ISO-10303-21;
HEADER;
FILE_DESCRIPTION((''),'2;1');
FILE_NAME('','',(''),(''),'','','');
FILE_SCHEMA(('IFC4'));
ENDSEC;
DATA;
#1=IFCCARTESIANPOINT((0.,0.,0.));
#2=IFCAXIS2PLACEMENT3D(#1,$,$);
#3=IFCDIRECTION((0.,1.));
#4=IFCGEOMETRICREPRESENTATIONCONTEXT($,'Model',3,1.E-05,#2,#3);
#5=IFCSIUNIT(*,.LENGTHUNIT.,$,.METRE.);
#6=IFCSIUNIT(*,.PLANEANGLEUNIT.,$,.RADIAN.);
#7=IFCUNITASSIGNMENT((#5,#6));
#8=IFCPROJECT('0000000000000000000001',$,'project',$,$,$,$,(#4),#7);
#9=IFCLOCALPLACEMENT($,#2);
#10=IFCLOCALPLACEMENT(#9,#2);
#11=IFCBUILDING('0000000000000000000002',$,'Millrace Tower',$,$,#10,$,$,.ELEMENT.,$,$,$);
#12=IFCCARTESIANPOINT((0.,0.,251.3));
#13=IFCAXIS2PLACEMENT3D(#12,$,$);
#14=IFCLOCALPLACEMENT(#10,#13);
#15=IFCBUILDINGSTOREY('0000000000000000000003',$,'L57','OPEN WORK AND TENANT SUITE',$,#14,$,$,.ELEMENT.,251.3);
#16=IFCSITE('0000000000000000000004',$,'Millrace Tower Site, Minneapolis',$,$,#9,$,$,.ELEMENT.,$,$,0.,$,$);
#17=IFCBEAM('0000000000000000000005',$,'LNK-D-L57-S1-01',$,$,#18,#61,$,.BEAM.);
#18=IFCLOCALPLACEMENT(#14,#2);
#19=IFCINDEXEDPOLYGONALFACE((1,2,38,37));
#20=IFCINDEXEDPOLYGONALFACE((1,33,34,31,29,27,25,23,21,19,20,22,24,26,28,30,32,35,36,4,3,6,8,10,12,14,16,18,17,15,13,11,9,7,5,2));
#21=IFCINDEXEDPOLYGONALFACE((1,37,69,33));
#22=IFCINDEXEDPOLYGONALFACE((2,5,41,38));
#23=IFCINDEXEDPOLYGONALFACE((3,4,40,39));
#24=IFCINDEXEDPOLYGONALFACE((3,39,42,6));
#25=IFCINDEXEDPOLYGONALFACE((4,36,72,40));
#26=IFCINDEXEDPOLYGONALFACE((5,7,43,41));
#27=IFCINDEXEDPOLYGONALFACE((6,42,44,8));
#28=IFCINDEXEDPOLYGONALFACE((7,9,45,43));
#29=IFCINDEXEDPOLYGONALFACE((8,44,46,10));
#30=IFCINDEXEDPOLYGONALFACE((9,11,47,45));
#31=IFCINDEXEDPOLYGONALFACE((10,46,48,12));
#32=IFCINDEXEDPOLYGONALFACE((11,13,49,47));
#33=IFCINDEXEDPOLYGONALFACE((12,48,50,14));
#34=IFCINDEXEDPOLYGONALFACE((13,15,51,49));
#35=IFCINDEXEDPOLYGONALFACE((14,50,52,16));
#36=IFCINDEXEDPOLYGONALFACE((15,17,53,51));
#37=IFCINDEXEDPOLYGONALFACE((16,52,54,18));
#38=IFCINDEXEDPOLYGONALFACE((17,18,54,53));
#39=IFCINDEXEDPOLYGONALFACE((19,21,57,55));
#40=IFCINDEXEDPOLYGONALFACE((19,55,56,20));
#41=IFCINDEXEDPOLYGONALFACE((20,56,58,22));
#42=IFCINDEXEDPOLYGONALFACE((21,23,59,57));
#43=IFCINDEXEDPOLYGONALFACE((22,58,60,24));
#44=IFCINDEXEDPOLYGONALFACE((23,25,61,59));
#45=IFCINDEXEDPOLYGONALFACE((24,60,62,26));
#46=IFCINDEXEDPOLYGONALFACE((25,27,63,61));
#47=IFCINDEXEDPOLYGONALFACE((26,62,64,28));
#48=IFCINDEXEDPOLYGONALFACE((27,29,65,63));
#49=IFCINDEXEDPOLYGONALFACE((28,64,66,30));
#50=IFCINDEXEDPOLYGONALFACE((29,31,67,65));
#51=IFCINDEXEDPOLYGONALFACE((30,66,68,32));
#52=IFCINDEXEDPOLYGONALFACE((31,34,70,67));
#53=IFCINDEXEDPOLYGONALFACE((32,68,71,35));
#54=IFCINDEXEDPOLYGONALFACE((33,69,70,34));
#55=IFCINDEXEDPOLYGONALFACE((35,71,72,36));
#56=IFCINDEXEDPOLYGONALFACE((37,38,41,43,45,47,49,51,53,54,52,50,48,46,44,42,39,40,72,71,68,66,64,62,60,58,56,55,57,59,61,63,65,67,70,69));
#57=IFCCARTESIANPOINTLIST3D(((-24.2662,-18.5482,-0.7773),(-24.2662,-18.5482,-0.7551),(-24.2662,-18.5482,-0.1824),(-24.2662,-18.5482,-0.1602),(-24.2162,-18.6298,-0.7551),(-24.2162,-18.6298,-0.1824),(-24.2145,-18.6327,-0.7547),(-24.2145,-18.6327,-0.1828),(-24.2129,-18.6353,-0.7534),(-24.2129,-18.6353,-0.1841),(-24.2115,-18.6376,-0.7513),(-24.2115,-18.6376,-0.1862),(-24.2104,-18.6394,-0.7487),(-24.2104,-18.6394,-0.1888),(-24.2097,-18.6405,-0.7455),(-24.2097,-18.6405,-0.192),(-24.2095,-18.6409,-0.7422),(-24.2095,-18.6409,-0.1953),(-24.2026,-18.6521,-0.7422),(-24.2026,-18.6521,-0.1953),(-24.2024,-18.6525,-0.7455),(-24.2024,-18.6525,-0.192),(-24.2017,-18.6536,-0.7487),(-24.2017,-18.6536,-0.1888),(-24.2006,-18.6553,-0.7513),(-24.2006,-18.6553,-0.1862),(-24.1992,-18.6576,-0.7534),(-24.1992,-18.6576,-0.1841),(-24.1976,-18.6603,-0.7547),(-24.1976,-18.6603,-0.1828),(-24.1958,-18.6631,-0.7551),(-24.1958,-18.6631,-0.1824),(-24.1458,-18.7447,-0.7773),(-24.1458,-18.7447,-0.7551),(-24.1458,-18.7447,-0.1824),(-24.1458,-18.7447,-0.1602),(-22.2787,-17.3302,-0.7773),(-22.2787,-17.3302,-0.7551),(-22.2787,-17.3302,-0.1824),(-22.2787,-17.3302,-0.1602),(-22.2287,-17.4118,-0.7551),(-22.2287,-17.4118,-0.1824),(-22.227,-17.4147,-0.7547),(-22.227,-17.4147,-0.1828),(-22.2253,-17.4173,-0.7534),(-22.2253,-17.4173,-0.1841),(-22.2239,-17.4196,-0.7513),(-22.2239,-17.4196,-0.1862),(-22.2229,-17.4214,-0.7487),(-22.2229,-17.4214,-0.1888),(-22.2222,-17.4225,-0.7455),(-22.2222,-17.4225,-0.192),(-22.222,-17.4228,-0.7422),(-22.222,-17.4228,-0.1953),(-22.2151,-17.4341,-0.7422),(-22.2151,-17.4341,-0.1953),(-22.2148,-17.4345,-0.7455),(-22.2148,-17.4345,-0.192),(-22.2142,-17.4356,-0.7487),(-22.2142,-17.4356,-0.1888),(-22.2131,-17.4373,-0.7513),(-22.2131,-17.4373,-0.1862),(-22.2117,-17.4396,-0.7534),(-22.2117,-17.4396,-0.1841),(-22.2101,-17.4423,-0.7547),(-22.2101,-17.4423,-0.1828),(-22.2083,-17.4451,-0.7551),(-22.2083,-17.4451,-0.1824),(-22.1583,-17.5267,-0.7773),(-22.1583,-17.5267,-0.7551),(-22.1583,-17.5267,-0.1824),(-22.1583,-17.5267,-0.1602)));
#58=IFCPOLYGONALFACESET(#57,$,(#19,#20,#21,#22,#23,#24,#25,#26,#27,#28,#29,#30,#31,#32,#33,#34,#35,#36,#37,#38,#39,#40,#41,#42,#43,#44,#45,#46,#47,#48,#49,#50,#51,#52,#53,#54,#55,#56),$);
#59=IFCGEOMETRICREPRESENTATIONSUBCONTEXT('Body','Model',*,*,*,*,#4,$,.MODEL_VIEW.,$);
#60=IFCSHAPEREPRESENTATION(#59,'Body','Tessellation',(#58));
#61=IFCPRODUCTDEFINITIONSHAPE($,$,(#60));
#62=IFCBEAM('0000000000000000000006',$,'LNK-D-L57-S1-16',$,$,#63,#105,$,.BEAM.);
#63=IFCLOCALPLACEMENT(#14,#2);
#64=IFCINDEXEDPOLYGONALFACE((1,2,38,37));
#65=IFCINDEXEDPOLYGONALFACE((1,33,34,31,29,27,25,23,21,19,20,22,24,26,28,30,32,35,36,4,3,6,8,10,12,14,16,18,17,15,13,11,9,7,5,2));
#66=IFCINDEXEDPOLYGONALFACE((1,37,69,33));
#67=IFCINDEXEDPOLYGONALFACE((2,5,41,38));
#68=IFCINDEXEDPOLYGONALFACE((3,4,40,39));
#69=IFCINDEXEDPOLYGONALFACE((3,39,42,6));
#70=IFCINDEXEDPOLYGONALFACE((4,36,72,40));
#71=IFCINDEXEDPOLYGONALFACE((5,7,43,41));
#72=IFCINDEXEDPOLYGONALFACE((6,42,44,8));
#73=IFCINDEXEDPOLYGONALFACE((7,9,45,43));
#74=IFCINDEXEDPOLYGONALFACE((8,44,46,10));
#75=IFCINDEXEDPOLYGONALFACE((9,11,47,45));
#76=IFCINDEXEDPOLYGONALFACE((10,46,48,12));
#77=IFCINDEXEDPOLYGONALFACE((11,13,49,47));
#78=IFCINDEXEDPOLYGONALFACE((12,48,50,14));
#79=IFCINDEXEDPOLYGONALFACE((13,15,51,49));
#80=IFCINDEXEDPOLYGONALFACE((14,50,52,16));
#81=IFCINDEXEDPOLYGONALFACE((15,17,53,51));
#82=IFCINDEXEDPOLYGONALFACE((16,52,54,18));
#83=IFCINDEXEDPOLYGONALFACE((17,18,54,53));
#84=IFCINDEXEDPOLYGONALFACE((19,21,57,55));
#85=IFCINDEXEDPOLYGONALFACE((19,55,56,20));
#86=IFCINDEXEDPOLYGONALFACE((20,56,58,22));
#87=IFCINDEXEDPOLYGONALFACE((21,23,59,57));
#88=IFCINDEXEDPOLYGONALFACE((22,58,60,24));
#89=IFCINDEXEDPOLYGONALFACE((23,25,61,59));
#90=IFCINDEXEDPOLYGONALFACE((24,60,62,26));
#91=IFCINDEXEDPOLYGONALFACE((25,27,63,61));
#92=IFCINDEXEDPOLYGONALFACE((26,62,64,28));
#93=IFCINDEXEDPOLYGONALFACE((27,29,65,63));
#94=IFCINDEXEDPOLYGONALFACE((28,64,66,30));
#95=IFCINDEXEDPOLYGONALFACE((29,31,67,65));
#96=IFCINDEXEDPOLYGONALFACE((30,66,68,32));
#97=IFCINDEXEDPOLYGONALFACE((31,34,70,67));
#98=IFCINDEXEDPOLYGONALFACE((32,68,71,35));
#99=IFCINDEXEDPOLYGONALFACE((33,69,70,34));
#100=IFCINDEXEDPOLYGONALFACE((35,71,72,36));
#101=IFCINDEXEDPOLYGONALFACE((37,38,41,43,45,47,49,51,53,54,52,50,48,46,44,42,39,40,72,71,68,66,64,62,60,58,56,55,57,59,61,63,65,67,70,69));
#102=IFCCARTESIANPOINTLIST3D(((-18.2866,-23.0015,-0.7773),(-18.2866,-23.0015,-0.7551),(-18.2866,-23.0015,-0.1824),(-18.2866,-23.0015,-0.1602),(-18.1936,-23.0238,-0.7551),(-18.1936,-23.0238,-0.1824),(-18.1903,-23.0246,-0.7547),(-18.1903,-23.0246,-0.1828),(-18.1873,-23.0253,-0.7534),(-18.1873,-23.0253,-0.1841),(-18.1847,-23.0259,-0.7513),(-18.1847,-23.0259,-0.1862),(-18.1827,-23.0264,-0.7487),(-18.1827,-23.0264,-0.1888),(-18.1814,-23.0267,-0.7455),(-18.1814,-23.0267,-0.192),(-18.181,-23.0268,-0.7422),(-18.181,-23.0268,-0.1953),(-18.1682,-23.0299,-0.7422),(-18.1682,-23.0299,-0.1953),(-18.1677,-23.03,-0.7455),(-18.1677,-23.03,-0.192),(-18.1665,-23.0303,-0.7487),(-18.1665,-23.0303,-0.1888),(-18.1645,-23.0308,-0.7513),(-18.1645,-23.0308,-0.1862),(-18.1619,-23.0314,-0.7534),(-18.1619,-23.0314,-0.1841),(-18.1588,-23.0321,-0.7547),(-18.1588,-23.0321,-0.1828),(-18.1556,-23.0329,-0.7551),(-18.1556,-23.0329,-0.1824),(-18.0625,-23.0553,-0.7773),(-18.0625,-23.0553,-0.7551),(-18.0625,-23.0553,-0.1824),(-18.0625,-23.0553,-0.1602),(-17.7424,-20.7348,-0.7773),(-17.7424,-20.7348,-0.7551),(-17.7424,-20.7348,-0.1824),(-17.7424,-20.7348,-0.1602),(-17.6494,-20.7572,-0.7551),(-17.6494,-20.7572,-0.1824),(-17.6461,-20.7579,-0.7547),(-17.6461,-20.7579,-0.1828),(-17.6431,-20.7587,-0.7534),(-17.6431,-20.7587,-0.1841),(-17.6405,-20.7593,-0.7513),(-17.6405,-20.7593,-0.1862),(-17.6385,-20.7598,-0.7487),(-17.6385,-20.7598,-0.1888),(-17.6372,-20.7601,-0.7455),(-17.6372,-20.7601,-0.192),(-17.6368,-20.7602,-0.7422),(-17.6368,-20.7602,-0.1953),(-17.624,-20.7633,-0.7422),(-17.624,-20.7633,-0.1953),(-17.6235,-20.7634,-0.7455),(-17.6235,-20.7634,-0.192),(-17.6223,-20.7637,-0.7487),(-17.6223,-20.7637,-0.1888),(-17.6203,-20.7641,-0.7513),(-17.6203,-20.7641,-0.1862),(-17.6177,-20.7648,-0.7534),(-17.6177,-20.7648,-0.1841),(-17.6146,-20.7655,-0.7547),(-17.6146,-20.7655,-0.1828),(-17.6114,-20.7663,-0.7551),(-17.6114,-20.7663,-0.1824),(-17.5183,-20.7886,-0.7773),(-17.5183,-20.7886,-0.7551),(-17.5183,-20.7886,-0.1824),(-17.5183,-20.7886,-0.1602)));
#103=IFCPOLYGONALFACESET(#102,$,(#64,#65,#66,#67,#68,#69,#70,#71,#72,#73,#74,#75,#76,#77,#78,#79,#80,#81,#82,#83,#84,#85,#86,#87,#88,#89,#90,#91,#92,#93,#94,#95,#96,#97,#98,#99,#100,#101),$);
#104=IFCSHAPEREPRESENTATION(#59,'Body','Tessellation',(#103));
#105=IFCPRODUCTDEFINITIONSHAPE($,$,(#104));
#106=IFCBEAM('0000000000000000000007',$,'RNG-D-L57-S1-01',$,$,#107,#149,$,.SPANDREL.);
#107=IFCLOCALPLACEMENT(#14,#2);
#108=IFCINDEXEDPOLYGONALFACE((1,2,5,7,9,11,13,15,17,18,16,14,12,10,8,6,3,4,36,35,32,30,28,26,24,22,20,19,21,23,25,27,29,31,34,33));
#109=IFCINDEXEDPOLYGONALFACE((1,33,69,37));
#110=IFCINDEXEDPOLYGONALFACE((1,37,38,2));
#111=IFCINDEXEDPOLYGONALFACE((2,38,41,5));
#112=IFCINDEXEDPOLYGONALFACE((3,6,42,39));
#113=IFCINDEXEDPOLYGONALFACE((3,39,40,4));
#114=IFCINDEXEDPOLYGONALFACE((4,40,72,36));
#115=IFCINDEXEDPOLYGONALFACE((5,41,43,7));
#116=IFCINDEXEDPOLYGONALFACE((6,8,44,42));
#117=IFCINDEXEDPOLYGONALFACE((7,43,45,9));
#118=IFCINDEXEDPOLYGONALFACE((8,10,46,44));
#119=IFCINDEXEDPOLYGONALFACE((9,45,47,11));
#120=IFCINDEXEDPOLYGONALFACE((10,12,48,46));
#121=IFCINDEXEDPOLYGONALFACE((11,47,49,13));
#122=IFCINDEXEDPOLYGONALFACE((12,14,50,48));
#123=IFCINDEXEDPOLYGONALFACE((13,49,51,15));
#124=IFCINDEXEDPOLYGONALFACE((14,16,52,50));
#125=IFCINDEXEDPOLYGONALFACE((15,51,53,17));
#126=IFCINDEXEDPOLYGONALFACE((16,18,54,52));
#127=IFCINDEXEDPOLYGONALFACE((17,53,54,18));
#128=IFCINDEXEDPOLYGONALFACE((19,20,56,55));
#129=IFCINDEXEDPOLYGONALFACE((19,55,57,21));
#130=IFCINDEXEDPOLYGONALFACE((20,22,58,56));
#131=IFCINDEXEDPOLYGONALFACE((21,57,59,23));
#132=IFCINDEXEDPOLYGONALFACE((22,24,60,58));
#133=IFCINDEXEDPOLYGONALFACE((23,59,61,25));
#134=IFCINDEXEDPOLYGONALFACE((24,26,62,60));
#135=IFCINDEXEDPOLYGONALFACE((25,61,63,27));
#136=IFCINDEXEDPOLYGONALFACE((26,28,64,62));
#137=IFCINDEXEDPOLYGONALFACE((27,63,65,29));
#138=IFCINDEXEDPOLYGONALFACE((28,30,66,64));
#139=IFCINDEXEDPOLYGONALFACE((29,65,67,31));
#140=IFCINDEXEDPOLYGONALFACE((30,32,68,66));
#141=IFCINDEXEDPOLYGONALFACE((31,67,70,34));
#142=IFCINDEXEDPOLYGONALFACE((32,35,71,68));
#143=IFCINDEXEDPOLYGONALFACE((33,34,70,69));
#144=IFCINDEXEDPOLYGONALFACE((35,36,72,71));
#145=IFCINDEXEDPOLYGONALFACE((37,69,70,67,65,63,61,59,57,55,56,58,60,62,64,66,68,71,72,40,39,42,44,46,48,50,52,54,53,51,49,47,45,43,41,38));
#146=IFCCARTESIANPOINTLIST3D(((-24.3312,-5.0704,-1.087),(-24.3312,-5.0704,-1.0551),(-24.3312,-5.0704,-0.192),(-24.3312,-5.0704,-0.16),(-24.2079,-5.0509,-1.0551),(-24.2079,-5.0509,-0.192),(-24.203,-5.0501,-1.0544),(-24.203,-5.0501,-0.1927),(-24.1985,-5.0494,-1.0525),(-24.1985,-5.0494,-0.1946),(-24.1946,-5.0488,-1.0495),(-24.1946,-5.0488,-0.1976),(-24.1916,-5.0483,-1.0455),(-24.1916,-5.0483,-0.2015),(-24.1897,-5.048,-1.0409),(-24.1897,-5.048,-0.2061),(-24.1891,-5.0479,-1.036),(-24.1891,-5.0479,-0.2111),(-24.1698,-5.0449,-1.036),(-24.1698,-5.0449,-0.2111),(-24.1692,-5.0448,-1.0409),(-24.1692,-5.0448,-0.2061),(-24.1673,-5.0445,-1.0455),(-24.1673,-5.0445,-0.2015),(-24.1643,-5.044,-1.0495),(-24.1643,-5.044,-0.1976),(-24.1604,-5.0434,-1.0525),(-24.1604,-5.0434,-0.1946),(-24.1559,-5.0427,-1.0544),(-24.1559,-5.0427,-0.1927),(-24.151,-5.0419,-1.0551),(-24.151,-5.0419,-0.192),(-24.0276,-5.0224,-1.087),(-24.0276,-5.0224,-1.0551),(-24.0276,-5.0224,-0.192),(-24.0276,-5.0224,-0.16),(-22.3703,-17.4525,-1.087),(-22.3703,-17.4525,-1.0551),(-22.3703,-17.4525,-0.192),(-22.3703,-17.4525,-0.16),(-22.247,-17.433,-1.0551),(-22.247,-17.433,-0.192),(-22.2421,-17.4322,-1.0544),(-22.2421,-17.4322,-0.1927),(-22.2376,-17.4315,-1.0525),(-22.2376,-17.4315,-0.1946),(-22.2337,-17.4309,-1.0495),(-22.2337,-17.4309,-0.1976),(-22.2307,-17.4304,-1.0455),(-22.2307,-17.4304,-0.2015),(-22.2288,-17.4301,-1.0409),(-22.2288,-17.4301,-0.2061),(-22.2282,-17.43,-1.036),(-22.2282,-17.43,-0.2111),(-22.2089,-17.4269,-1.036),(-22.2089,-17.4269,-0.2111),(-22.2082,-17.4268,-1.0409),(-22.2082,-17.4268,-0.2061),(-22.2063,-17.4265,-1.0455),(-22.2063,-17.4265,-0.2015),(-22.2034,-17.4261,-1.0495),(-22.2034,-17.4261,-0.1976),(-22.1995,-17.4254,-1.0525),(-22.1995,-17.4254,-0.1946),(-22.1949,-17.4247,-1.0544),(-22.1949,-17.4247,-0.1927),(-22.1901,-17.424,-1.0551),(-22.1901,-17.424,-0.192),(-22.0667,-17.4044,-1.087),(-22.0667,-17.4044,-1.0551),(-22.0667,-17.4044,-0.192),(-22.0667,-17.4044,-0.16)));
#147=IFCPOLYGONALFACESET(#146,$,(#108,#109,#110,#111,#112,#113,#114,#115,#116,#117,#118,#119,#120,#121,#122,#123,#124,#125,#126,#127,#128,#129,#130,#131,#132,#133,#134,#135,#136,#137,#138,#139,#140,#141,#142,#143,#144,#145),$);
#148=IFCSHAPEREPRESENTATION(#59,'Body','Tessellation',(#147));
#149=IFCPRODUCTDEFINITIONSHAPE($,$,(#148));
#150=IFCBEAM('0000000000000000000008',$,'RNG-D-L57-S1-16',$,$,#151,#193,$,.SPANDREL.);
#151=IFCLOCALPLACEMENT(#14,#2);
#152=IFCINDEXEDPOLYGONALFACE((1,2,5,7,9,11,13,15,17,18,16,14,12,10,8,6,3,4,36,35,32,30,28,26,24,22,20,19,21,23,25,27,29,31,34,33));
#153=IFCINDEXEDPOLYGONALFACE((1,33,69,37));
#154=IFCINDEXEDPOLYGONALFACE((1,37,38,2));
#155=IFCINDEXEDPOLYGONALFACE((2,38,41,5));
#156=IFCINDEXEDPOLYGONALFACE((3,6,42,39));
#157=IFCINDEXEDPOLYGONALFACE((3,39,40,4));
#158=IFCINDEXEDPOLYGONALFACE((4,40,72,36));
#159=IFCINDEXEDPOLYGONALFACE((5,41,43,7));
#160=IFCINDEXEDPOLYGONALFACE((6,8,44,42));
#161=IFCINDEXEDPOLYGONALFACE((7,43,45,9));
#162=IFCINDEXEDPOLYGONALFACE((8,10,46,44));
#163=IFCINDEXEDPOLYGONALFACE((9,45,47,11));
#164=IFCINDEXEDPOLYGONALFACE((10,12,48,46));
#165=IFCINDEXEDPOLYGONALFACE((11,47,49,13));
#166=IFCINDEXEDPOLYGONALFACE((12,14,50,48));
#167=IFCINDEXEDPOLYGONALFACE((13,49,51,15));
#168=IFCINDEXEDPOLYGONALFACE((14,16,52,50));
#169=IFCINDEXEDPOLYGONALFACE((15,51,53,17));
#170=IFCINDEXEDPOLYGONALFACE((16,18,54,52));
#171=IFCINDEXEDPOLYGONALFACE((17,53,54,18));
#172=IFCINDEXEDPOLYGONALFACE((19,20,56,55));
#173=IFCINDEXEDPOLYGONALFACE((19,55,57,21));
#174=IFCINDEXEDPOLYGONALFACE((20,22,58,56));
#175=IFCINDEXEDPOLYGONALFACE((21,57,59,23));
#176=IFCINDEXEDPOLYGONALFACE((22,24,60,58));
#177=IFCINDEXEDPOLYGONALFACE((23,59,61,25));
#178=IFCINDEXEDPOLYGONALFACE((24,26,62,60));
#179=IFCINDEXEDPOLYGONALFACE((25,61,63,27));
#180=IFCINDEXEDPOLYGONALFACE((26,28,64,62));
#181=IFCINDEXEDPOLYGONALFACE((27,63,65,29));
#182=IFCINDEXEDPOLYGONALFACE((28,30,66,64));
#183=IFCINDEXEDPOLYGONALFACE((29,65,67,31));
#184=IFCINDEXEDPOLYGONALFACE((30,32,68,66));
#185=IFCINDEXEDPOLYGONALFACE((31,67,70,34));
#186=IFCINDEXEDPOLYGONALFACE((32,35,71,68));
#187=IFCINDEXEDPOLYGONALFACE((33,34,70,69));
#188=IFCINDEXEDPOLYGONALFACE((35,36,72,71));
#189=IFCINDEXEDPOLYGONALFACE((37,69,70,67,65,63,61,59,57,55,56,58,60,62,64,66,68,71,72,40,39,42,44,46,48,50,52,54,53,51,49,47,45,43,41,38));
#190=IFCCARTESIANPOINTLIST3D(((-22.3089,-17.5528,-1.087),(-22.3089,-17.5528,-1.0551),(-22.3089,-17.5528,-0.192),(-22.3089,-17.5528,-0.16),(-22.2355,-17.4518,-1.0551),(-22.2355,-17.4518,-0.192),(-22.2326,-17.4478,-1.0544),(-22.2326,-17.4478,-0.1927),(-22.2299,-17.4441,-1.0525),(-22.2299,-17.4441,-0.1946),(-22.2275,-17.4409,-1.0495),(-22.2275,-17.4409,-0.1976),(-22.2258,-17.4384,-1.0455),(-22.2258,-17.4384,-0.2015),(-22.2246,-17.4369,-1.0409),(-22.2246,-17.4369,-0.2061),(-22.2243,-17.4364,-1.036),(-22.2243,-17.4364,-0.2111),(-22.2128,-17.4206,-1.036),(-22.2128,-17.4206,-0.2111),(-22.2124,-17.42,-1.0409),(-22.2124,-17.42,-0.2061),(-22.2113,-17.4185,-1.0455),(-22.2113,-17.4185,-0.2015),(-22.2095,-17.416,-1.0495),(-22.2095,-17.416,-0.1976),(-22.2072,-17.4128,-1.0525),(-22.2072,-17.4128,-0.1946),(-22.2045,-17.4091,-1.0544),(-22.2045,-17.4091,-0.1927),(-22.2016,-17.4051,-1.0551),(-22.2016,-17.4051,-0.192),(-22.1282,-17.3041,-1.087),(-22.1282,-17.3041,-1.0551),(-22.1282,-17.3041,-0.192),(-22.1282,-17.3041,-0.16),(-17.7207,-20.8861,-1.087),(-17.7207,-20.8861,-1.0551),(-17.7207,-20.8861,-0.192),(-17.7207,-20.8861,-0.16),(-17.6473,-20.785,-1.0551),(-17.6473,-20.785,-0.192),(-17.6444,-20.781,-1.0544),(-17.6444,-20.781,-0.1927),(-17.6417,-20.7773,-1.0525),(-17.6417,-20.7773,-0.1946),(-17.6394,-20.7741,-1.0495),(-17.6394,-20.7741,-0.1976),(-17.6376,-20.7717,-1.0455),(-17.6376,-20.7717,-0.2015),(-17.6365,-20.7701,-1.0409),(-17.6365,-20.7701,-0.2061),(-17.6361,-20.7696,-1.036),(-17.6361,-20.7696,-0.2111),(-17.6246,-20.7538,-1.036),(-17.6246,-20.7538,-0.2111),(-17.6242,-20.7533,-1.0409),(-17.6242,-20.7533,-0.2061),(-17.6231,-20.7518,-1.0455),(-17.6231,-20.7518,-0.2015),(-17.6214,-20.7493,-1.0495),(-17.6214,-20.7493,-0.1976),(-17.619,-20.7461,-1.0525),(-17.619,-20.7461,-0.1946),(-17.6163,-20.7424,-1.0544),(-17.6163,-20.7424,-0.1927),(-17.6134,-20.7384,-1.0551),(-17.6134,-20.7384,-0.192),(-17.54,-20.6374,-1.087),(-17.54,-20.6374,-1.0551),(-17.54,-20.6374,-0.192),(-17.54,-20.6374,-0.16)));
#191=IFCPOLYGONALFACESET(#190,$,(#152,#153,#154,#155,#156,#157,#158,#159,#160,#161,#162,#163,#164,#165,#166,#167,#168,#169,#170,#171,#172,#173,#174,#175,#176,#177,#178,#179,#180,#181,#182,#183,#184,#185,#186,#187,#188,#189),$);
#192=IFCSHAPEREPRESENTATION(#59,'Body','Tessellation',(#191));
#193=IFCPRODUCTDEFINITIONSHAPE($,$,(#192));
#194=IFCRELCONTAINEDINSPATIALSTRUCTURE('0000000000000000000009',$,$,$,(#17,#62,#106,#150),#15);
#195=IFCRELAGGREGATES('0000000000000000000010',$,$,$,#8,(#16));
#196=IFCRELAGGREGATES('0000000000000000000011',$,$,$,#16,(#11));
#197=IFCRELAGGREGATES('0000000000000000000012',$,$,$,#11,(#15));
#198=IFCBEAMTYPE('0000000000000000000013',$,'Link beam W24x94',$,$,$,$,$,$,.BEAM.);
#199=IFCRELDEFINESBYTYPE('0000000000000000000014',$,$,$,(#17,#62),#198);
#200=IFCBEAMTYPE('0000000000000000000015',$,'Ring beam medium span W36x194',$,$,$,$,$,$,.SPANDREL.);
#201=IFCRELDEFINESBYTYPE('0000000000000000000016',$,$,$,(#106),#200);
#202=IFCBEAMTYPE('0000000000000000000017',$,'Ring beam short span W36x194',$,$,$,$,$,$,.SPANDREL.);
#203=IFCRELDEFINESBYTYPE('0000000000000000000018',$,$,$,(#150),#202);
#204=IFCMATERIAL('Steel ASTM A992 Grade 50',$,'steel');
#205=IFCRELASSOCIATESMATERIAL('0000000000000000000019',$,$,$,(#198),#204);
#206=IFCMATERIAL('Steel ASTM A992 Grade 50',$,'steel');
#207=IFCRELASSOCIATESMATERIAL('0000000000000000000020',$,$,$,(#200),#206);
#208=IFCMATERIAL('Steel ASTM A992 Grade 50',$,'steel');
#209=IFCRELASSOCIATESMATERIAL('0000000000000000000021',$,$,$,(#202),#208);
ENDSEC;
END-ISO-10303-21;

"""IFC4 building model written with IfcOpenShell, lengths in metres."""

from ifc_helpers import new_model, si_unit, direction, frame, origin, origin_2d, place, context, subcontext, project, spatial, i_section, extrude, material, material_profile, profile_set, type_object, element, save


model = new_model("IFC4")

# Units and contexts
model_context = context("Model", 3, precision=1e-05, world=origin(), true_north=direction((0.0, 1.0)))
body_context = subcontext(model_context, "Body", "Model", "MODEL_VIEW")
ifc_project = project(units=[si_unit("LENGTHUNIT", "METRE"), si_unit("PLANEANGLEUNIT", "RADIAN")], contexts=[model_context])

# Site, building, storey
site_placement = place(None, origin())
site = spatial("IfcSite", under=ifc_project, at=site_placement, Name="Millrace Tower Site, Minneapolis", CompositionType="ELEMENT", RefElevation=0.0)
building_placement = place(site_placement, origin())
building = spatial("IfcBuilding", under=site, at=building_placement, Name="Millrace Tower", CompositionType="ELEMENT")
storey_placement = place(building_placement, frame((0.0, 0.0, 251.3)))
storey = spatial("IfcBuildingStorey", under=building, at=storey_placement, Name="L57", Description="OPEN WORK AND TENANT SUITE", CompositionType="ELEMENT", Elevation=251.3)

# Beams
ifc_material_1 = material(Name="Steel ASTM A992 Grade 50", Category="steel")
ifc_material_profile_1 = material_profile(ifc_material_1, i_section(OverallWidth=0.2305, OverallDepth=0.6172, WebThickness=0.0132, FlangeThickness=0.0222, FilletRadius=0.0129, at=origin_2d()))
ifc_profile_set_1 = profile_set([ifc_material_profile_1], Name="Steel ASTM A992 Grade 50")
beam_type_1 = type_object("IfcBeamType", Name="Link beam W24x94", PredefinedType="BEAM", material=ifc_profile_set_1)
for number, where, z_axis, x_axis, name in (
    (1, (-22.2185, -17.4285, -0.4688), (-0.852631, -0.522513, 0.0), (0.522513, -0.852631, 0.0), "LNK-D-L57-S1-01"),
    (2, (-17.6304, -20.7617, -0.4688), (-0.233456, -0.972367, 0.0), (0.972367, -0.233456, 0.0), "LNK-D-L57-S1-16"),
):
    element("IfcBeam", number, at=place(storey_placement, frame(where, z_axis=z_axis, x_axis=x_axis)), inside=storey, type_object=beam_type_1, Name=name, PredefinedType="BEAM", context=body_context, shape_type="SweptSolid", body=[
        extrude(i_section(OverallWidth=0.2305, OverallDepth=0.6172, WebThickness=0.0132, FlangeThickness=0.0222, FilletRadius=0.0129, at=origin_2d()), origin(), (0.0, 0.0, 1.0), 2.3311),
    ])
ifc_material_2 = material(Name="Steel ASTM A992 Grade 50", Category="steel")
ifc_material_profile_2 = material_profile(ifc_material_2, i_section(OverallWidth=0.3074, OverallDepth=0.927, WebThickness=0.0195, FlangeThickness=0.032, FilletRadius=0.019, at=origin_2d()))
ifc_profile_set_2 = profile_set([ifc_material_profile_2], Name="Steel ASTM A992 Grade 50")
beam_type_2 = type_object("IfcBeamType", Name="Ring beam medium span W36x194", PredefinedType="SPANDREL", material=ifc_profile_set_2)
beam_1_placement = place(storey_placement, frame((-22.2185, -17.4285, -0.6235), z_axis=(-0.15642, 0.987691, 0.0), x_axis=(-0.987691, -0.15642, 0.0)))
element("IfcBeam", 3, at=beam_1_placement, inside=storey, type_object=beam_type_2, Name="RNG-D-L57-S1-01", PredefinedType="SPANDREL", context=body_context, shape_type="SweptSolid", body=[
    extrude(i_section(OverallWidth=0.3074, OverallDepth=0.927, WebThickness=0.0195, FlangeThickness=0.032, FilletRadius=0.019, at=origin_2d()), origin(), (0.0, 0.0, 1.0), 12.5364),
])
ifc_material_3 = material(Name="Steel ASTM A992 Grade 50", Category="steel")
ifc_material_profile_3 = material_profile(ifc_material_3, i_section(OverallWidth=0.3074, OverallDepth=0.927, WebThickness=0.0195, FlangeThickness=0.032, FilletRadius=0.019, at=origin_2d()))
ifc_profile_set_3 = profile_set([ifc_material_profile_3], Name="Steel ASTM A992 Grade 50")
beam_type_3 = type_object("IfcBeamType", Name="Ring beam short span W36x194", PredefinedType="SPANDREL", material=ifc_profile_set_3)
beam_2_placement = place(storey_placement, frame((-17.6304, -20.7617, -0.6235), z_axis=(-0.809036, 0.58776, 0.0), x_axis=(-0.58776, -0.809036, 0.0)))
element("IfcBeam", 4, at=beam_2_placement, inside=storey, type_object=beam_type_3, Name="RNG-D-L57-S1-16", PredefinedType="SPANDREL", context=body_context, shape_type="SweptSolid", body=[
    extrude(i_section(OverallWidth=0.3074, OverallDepth=0.927, WebThickness=0.0195, FlangeThickness=0.032, FilletRadius=0.019, at=origin_2d()), origin(), (0.0, 0.0, 1.0), 5.6711),
])

save(model, "model.ifc")
